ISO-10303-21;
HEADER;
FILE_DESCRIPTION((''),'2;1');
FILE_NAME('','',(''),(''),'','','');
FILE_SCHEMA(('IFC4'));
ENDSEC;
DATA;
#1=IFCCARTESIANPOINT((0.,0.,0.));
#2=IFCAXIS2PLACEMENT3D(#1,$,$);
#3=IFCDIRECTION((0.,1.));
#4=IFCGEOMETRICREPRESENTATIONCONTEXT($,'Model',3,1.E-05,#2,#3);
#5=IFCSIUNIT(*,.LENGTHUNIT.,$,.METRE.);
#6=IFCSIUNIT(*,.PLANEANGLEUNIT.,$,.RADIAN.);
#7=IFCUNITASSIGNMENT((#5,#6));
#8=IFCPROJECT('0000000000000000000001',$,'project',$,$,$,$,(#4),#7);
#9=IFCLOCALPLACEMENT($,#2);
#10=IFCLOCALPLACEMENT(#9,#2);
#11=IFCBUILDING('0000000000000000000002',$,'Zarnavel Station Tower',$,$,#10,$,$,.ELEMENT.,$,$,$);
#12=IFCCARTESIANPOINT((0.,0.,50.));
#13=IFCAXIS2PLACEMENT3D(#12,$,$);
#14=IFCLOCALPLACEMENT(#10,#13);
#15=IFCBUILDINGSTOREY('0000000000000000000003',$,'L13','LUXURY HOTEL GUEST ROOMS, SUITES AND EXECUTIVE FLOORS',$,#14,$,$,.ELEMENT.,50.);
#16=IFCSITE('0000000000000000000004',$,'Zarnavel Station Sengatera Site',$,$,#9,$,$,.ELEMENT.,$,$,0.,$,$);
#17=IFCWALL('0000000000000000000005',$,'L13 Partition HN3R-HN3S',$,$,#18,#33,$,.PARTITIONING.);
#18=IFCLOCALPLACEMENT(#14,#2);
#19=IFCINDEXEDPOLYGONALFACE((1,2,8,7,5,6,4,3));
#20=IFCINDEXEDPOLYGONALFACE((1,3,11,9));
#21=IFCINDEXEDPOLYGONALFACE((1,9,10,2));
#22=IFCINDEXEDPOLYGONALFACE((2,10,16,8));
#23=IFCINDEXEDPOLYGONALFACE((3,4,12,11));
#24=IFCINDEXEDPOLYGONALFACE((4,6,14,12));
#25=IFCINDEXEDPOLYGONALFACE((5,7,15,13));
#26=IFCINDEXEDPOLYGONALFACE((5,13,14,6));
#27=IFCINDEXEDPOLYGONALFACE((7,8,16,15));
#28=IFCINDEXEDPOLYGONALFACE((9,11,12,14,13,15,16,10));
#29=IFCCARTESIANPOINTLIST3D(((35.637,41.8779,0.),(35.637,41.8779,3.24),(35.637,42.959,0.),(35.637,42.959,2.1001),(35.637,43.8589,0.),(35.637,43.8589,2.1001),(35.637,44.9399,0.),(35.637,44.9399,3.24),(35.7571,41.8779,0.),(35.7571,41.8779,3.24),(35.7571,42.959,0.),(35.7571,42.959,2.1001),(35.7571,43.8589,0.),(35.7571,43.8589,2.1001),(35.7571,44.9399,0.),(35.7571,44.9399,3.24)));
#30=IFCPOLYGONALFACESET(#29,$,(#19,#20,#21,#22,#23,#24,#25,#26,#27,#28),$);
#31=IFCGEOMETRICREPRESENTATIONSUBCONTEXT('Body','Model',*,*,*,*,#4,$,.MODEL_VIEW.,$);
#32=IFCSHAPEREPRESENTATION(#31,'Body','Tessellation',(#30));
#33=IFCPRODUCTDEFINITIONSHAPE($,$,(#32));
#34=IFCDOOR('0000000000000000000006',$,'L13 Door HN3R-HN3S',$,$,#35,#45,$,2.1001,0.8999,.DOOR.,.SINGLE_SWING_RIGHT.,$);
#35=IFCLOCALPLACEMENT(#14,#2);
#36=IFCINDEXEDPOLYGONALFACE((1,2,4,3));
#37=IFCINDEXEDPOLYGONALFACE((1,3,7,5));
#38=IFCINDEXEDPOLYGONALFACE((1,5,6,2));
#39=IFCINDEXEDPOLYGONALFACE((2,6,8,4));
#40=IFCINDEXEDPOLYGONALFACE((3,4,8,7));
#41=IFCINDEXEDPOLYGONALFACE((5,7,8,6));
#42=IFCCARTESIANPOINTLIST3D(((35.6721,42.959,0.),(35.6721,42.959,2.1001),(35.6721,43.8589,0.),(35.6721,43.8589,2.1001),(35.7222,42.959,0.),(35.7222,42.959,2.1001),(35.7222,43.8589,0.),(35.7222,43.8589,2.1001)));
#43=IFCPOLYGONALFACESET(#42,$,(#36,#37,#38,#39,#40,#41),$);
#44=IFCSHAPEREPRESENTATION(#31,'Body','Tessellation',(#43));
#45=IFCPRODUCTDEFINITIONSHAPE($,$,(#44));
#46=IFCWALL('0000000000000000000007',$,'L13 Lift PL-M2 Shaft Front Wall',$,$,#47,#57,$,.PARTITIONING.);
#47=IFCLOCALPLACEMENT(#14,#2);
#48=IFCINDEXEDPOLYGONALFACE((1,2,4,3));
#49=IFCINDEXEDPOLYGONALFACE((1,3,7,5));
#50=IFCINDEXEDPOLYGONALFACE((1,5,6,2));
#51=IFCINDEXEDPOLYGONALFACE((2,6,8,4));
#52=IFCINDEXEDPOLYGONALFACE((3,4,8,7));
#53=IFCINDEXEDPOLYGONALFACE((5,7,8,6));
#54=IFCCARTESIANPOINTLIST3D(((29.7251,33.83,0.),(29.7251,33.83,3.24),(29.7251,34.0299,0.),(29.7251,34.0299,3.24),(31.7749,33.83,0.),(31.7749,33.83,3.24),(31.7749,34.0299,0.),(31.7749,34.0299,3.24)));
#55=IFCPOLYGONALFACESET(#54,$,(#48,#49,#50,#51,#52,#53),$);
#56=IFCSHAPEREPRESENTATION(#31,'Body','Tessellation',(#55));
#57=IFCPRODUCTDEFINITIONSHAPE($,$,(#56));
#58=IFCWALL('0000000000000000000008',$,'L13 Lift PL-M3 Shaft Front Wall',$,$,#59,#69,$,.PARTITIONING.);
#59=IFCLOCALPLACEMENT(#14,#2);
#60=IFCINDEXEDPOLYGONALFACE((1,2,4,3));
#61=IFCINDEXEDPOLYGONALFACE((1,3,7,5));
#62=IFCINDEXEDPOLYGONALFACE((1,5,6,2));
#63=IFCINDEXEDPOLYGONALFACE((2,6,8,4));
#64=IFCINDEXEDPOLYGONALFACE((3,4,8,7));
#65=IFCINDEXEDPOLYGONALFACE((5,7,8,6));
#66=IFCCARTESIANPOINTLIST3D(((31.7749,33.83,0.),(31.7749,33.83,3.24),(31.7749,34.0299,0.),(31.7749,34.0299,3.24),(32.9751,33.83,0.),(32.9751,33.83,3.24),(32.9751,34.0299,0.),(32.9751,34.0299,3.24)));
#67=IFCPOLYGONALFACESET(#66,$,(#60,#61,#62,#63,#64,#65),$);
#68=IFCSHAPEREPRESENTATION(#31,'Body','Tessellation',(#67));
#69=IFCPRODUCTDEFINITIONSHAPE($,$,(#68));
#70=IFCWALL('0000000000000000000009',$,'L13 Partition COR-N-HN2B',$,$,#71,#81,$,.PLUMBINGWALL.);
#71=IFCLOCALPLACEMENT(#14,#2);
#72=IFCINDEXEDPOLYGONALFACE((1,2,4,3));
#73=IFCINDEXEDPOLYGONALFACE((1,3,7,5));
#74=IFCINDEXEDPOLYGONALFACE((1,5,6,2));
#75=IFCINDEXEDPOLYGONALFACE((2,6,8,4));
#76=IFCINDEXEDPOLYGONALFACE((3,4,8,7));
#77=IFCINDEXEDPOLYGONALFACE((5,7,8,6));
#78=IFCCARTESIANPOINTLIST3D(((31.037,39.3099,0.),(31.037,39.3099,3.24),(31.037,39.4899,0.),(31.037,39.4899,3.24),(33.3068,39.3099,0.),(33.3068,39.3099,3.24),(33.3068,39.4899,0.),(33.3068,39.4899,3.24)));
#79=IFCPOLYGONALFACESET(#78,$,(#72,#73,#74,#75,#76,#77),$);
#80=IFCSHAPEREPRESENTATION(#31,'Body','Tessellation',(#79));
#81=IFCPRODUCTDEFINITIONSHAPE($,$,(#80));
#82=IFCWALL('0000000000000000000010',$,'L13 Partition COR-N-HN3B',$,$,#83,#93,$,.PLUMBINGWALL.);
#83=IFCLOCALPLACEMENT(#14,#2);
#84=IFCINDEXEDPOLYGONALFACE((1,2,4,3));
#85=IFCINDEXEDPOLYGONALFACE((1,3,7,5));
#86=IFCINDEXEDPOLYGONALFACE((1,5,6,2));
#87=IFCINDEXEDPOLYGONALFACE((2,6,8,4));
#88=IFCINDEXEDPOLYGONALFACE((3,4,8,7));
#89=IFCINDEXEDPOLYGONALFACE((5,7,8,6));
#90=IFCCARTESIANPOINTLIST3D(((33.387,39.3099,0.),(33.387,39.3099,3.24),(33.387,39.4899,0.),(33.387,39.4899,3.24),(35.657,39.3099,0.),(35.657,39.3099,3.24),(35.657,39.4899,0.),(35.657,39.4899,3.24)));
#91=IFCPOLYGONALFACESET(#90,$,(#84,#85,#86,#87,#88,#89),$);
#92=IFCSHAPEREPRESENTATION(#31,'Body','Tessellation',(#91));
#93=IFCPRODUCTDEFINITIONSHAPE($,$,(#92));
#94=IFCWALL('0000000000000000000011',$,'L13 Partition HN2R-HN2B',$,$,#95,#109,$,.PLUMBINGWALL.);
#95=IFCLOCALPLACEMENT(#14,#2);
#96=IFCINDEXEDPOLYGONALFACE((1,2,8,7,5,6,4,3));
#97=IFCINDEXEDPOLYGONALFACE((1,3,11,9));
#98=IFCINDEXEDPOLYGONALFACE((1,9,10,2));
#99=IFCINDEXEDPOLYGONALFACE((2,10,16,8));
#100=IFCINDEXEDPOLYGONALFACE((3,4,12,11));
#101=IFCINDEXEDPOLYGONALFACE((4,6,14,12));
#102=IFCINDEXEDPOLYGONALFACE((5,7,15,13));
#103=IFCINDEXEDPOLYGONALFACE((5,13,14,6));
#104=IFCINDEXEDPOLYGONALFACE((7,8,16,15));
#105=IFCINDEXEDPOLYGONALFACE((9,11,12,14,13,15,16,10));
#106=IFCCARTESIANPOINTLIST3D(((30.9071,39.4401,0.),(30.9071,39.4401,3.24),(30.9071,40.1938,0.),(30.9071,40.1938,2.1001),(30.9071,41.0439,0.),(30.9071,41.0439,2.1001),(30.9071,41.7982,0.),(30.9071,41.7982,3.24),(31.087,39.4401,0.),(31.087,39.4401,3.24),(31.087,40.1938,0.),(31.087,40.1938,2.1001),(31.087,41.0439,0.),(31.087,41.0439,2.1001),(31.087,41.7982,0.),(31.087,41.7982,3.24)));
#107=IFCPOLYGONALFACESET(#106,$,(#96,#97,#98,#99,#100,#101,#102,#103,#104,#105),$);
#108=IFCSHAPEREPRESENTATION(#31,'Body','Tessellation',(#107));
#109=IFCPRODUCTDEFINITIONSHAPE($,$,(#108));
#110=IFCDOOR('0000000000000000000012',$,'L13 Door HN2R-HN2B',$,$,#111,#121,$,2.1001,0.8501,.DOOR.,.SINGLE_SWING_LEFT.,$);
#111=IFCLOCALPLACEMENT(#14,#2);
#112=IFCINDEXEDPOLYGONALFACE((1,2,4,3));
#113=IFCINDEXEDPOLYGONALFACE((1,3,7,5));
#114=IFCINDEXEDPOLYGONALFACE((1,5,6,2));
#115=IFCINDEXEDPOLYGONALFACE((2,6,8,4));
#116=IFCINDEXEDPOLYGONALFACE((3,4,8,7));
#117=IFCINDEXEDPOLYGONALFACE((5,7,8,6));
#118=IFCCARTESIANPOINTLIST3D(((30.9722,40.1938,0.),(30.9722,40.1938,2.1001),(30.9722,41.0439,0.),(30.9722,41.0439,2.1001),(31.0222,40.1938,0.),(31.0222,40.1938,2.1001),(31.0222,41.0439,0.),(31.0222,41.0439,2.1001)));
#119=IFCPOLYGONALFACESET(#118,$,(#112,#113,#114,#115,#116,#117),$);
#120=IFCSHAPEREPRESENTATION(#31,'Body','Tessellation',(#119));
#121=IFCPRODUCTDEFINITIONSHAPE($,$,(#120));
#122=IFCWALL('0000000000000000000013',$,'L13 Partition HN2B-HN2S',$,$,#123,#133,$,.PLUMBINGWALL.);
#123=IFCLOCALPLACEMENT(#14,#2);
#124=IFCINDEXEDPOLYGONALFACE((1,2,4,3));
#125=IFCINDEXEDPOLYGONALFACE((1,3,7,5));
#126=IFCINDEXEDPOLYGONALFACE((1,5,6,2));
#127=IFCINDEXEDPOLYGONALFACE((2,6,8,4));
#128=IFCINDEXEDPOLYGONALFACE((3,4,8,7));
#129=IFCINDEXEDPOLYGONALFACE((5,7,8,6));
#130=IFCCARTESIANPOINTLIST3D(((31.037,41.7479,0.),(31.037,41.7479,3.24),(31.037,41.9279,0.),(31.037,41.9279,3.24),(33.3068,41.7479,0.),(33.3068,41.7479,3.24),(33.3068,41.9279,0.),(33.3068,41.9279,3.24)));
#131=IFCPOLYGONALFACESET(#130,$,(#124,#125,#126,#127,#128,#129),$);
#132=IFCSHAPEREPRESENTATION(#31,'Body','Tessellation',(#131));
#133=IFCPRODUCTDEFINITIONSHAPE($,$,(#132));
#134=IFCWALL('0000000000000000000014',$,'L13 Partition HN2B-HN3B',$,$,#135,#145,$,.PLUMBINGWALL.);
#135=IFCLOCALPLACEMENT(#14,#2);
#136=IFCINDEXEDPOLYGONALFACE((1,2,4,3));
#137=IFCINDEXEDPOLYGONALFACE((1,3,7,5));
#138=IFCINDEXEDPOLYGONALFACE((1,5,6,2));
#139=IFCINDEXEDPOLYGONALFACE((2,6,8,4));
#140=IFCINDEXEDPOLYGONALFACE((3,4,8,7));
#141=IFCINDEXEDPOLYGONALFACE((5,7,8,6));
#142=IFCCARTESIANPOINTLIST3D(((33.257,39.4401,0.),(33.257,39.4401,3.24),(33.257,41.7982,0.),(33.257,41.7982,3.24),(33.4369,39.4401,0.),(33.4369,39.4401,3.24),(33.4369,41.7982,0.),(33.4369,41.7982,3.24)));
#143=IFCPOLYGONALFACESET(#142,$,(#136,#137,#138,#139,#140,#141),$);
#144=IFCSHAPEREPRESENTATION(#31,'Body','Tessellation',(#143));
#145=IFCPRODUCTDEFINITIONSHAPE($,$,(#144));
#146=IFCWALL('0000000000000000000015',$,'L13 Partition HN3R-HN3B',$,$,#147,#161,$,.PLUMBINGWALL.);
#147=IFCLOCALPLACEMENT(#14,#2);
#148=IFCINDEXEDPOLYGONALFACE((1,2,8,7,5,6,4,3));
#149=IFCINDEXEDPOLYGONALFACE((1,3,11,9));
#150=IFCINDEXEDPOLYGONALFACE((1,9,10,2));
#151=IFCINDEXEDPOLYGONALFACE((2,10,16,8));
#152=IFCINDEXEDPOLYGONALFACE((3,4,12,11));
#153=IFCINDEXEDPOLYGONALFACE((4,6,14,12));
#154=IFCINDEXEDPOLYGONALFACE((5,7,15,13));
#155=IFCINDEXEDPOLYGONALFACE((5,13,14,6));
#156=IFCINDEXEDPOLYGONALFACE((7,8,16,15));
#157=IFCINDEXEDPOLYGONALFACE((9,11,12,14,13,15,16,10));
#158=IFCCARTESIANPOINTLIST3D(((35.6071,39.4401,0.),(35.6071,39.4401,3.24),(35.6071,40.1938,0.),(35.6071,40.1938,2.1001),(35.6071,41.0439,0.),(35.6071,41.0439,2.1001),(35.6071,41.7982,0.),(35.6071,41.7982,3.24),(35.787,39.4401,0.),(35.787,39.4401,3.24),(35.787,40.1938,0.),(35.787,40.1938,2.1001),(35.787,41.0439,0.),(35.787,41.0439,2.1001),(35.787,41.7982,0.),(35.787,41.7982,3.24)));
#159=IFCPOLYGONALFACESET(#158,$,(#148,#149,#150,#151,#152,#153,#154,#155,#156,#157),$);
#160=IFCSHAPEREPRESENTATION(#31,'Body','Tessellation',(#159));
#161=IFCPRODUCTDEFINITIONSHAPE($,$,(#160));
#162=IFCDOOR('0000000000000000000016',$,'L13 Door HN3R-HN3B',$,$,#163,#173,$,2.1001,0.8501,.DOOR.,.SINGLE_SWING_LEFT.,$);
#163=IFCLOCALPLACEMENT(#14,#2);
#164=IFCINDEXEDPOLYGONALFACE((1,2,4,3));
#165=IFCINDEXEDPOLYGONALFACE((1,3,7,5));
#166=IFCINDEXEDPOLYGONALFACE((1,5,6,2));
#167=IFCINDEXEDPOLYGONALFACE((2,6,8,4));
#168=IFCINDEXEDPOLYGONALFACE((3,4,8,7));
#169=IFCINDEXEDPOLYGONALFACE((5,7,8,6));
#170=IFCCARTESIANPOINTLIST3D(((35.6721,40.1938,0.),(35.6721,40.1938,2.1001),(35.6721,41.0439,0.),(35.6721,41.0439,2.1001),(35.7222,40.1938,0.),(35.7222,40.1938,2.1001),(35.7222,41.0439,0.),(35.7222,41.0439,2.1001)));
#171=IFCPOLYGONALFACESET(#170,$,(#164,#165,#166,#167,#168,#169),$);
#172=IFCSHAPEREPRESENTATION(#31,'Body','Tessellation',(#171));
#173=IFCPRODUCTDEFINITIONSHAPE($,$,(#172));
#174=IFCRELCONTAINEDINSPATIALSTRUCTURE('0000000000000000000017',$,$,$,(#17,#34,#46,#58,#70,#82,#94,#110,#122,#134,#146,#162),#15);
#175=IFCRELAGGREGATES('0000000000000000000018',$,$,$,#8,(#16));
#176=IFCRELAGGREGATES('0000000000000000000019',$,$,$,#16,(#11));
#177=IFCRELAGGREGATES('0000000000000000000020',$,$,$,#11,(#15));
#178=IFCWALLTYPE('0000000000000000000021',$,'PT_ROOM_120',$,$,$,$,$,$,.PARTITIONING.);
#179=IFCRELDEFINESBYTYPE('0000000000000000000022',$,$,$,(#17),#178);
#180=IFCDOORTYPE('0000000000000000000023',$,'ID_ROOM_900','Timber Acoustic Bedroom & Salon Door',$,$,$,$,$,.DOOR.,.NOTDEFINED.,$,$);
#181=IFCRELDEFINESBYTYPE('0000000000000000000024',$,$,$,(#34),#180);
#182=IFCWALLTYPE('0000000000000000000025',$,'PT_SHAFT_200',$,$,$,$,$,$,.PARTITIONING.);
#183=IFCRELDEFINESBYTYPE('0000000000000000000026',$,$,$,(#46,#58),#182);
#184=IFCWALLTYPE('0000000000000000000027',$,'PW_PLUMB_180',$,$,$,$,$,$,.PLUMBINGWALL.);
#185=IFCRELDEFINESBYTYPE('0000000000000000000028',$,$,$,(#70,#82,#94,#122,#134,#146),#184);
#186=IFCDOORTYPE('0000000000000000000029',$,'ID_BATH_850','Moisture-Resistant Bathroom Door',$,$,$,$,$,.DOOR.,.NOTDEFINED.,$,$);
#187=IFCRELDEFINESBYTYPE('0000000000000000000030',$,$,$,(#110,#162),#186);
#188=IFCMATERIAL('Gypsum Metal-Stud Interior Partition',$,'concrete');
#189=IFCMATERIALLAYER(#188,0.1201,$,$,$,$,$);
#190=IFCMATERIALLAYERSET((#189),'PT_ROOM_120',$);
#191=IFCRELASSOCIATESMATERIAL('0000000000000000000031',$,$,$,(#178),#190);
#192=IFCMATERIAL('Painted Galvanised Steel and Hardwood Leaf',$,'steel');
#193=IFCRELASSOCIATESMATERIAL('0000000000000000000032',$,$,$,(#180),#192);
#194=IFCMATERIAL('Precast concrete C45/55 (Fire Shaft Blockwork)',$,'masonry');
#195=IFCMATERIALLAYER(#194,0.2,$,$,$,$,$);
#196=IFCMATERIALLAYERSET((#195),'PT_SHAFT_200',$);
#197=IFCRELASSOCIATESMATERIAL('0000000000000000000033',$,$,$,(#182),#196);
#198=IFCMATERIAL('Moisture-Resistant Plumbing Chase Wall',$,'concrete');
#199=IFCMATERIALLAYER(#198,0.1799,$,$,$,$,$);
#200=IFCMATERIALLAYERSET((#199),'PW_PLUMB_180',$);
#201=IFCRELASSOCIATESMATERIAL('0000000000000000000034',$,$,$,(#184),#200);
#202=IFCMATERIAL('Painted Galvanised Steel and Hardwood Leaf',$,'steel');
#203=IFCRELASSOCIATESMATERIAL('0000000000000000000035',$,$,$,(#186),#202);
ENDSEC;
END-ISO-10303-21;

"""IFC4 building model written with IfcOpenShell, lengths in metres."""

from ifc_helpers import new_model, si_unit, direction, frame, frame_2d, origin, place, context, subcontext, project, spatial, rectangle, extrude, material, layer, layer_set, type_object, element, fill, save


model = new_model("IFC4")

# Units and contexts
model_context = context("Model", 3, precision=1e-05, world=origin(), true_north=direction((0.0, 1.0)))
body_context = subcontext(model_context, "Body", "Model", "MODEL_VIEW")
ifc_project = project(units=[si_unit("LENGTHUNIT", "METRE"), si_unit("PLANEANGLEUNIT", "RADIAN")], contexts=[model_context])

# Site, building, storey
site_placement = place(None, origin())
site = spatial("IfcSite", under=ifc_project, at=site_placement, Name="Zarnavel Station Sengatera Site", CompositionType="ELEMENT", RefElevation=0.0)
building_placement = place(site_placement, origin())
building = spatial("IfcBuilding", under=site, at=building_placement, Name="Zarnavel Station Tower", CompositionType="ELEMENT")
storey_placement = place(building_placement, frame((0.0, 0.0, 50.0)))
storey = spatial("IfcBuildingStorey", under=building, at=storey_placement, Name="L13", Description="LUXURY HOTEL GUEST ROOMS, SUITES AND EXECUTIVE FLOORS", CompositionType="ELEMENT", Elevation=50.0)

# Wall, opening, door
ifc_material_1 = material(Name="Gypsum Metal-Stud Interior Partition", Category="concrete")
ifc_layer_1 = layer(ifc_material_1, 0.1201)
ifc_layer_set_1 = layer_set([ifc_layer_1], Name="PT_ROOM_120")
wall_type_1 = type_object("IfcWallType", Name="PT_ROOM_120", PredefinedType="PARTITIONING", material=ifc_layer_set_1)
ifc_material_2 = material(Name="Painted Galvanised Steel and Hardwood Leaf", Category="steel")
door_type_1 = type_object("IfcDoorType", Name="ID_ROOM_900", Description="Timber Acoustic Bedroom & Salon Door", OperationType="NOTDEFINED", PredefinedType="DOOR", material=ifc_material_2)
wall_1_placement = place(storey_placement, frame((35.697, 41.8779, 0.0), z_axis=(0.0, 0.0, 1.0), x_axis=(0.0, 1.0, 0.0)))
wall_1 = element("IfcWall", 1, at=wall_1_placement, inside=storey, type_object=wall_type_1, Name="L13 Partition HN3R-HN3S", PredefinedType="PARTITIONING", context=body_context, shape_type="SweptSolid", body=[
    extrude(rectangle(XDim=3.062, YDim=0.1201, at=frame_2d((1.531, 0.0))), origin(), (0.0, 0.0, 1.0), 3.24),
])
opening_1_placement = place(wall_1_placement, frame((1.0811, 0.0, 0.0)))
opening_1 = element("IfcOpeningElement", 2, at=opening_1_placement, cuts=wall_1, PredefinedType="OPENING", context=body_context, shape_type="SweptSolid", body=[
    extrude(rectangle(XDim=0.8999, YDim=2.1001, at=frame_2d((0.45, 1.05))), frame((0.0, 0.0701, 0.0), z_axis=(0.0, -1.0, 0.0), x_axis=(1.0, 0.0, 0.0)), (0.0, 0.0, 1.0), 0.1401),
])
door_1_placement = place(opening_1_placement, origin())
door_1 = element("IfcDoor", 3, at=door_1_placement, inside=storey, type_object=door_type_1, Name="L13 Door HN3R-HN3S", OperationType="SINGLE_SWING_RIGHT", OverallHeight=2.1001, OverallWidth=0.8999, PredefinedType="DOOR", context=body_context, shape_type="SweptSolid", body=[
    extrude(rectangle(XDim=0.8999, YDim=2.1001, at=frame_2d((0.45, 1.05))), frame((0.0, 0.0249, 0.0), z_axis=(0.0, -1.0, 0.0), x_axis=(1.0, 0.0, 0.0)), (0.0, 0.0, 1.0), 0.05),
])
fill(opening_1, door_1)

# Walls
ifc_material_3 = material(Name="Precast concrete C45/55 (Fire Shaft Blockwork)", Category="masonry")
ifc_layer_2 = layer(ifc_material_3, 0.2)
ifc_layer_set_2 = layer_set([ifc_layer_2], Name="PT_SHAFT_200")
wall_type_2 = type_object("IfcWallType", Name="PT_SHAFT_200", PredefinedType="PARTITIONING", material=ifc_layer_set_2)
wall_2_placement = place(storey_placement, frame((29.7251, 33.9299, 0.0), z_axis=(0.0, 0.0, 1.0), x_axis=(1.0, 0.0, 0.0)))
element("IfcWall", 4, at=wall_2_placement, inside=storey, type_object=wall_type_2, Name="L13 Lift PL-M2 Shaft Front Wall", PredefinedType="PARTITIONING", context=body_context, shape_type="SweptSolid", body=[
    extrude(rectangle(XDim=2.0498, YDim=0.2, at=frame_2d((1.0249, 0.0))), origin(), (0.0, 0.0, 1.0), 3.24),
])
wall_3_placement = place(storey_placement, frame((31.7749, 33.9299, 0.0), z_axis=(0.0, 0.0, 1.0), x_axis=(1.0, 0.0, 0.0)))
element("IfcWall", 5, at=wall_3_placement, inside=storey, type_object=wall_type_2, Name="L13 Lift PL-M3 Shaft Front Wall", PredefinedType="PARTITIONING", context=body_context, shape_type="SweptSolid", body=[
    extrude(rectangle(XDim=1.2002, YDim=0.2, at=frame_2d((0.6001, 0.0))), origin(), (0.0, 0.0, 1.0), 3.24),
])
ifc_material_4 = material(Name="Moisture-Resistant Plumbing Chase Wall", Category="concrete")
ifc_layer_3 = layer(ifc_material_4, 0.1799)
ifc_layer_set_3 = layer_set([ifc_layer_3], Name="PW_PLUMB_180")
wall_type_3 = type_object("IfcWallType", Name="PW_PLUMB_180", PredefinedType="PLUMBINGWALL", material=ifc_layer_set_3)
wall_4_placement = place(storey_placement, frame((31.0371, 39.3999, 0.0), z_axis=(0.0, 0.0, 1.0), x_axis=(1.0, 0.0, 0.0)))
element("IfcWall", 6, at=wall_4_placement, inside=storey, type_object=wall_type_3, Name="L13 Partition COR-N-HN2B", PredefinedType="PLUMBINGWALL", context=body_context, shape_type="SweptSolid", body=[
    extrude(rectangle(XDim=2.2698, YDim=0.1799, at=frame_2d((1.1348, 0.0))), origin(), (0.0, 0.0, 1.0), 3.24),
])
wall_5_placement = place(storey_placement, frame((33.387, 39.3999, 0.0), z_axis=(0.0, 0.0, 1.0), x_axis=(1.0, 0.0, 0.0)))
element("IfcWall", 7, at=wall_5_placement, inside=storey, type_object=wall_type_3, Name="L13 Partition COR-N-HN3B", PredefinedType="PLUMBINGWALL", context=body_context, shape_type="SweptSolid", body=[
    extrude(rectangle(XDim=2.27, YDim=0.1799, at=frame_2d((1.135, 0.0))), origin(), (0.0, 0.0, 1.0), 3.24),
])

# Wall, opening, door
wall_6_placement = place(storey_placement, frame((30.9971, 39.4399, 0.0), z_axis=(0.0, 0.0, 1.0), x_axis=(0.0, 1.0, 0.0)))
wall_6 = element("IfcWall", 8, at=wall_6_placement, inside=storey, type_object=wall_type_3, Name="L13 Partition HN2R-HN2B", PredefinedType="PLUMBINGWALL", context=body_context, shape_type="SweptSolid", body=[
    extrude(rectangle(XDim=2.3582, YDim=0.1799, at=frame_2d((1.1792, 0.0))), origin(), (0.0, 0.0, 1.0), 3.24),
])
opening_2_placement = place(wall_6_placement, frame((0.7539, 0.0, 0.0)))
opening_2 = element("IfcOpeningElement", 9, at=opening_2_placement, cuts=wall_6, PredefinedType="OPENING", context=body_context, shape_type="SweptSolid", body=[
    extrude(rectangle(XDim=0.8501, YDim=2.1001, at=frame_2d((0.425, 1.05))), frame((0.0, 0.0999, 0.0), z_axis=(0.0, -1.0, 0.0), x_axis=(1.0, 0.0, 0.0)), (0.0, 0.0, 1.0), 0.2),
])
ifc_material_5 = material(Name="Painted Galvanised Steel and Hardwood Leaf", Category="steel")
door_type_2 = type_object("IfcDoorType", Name="ID_BATH_850", Description="Moisture-Resistant Bathroom Door", OperationType="NOTDEFINED", PredefinedType="DOOR", material=ifc_material_5)
door_2_placement = place(opening_2_placement, origin())
door_2 = element("IfcDoor", 10, at=door_2_placement, inside=storey, type_object=door_type_2, Name="L13 Door HN2R-HN2B", OperationType="SINGLE_SWING_LEFT", OverallHeight=2.1001, OverallWidth=0.8501, PredefinedType="DOOR", context=body_context, shape_type="SweptSolid", body=[
    extrude(rectangle(XDim=0.8501, YDim=2.1001, at=frame_2d((0.425, 1.05))), frame((0.0, 0.0249, 0.0), z_axis=(0.0, -1.0, 0.0), x_axis=(1.0, 0.0, 0.0)), (0.0, 0.0, 1.0), 0.05),
])
fill(opening_2, door_2)

# Walls
wall_7_placement = place(storey_placement, frame((31.0371, 41.8379, 0.0), z_axis=(0.0, 0.0, 1.0), x_axis=(1.0, 0.0, 0.0)))
element("IfcWall", 11, at=wall_7_placement, inside=storey, type_object=wall_type_3, Name="L13 Partition HN2B-HN2S", PredefinedType="PLUMBINGWALL", context=body_context, shape_type="SweptSolid", body=[
    extrude(rectangle(XDim=2.2698, YDim=0.1799, at=frame_2d((1.1348, 0.0))), origin(), (0.0, 0.0, 1.0), 3.24),
])
wall_8_placement = place(storey_placement, frame((33.3469, 39.4399, 0.0), z_axis=(0.0, 0.0, 1.0), x_axis=(0.0, 1.0, 0.0)))
element("IfcWall", 12, at=wall_8_placement, inside=storey, type_object=wall_type_3, Name="L13 Partition HN2B-HN3B", PredefinedType="PLUMBINGWALL", context=body_context, shape_type="SweptSolid", body=[
    extrude(rectangle(XDim=2.3582, YDim=0.1799, at=frame_2d((1.1792, 0.0))), origin(), (0.0, 0.0, 1.0), 3.24),
])

# Wall, opening, door
wall_9_placement = place(storey_placement, frame((35.697, 39.4399, 0.0), z_axis=(0.0, 0.0, 1.0), x_axis=(0.0, 1.0, 0.0)))
wall_9 = element("IfcWall", 13, at=wall_9_placement, inside=storey, type_object=wall_type_3, Name="L13 Partition HN3R-HN3B", PredefinedType="PLUMBINGWALL", context=body_context, shape_type="SweptSolid", body=[
    extrude(rectangle(XDim=2.3582, YDim=0.1799, at=frame_2d((1.1792, 0.0))), origin(), (0.0, 0.0, 1.0), 3.24),
])
opening_3_placement = place(wall_9_placement, frame((0.7539, 0.0, 0.0)))
opening_3 = element("IfcOpeningElement", 14, at=opening_3_placement, cuts=wall_9, PredefinedType="OPENING", context=body_context, shape_type="SweptSolid", body=[
    extrude(rectangle(XDim=0.8501, YDim=2.1001, at=frame_2d((0.425, 1.05))), frame((0.0, 0.0999, 0.0), z_axis=(0.0, -1.0, 0.0), x_axis=(1.0, 0.0, 0.0)), (0.0, 0.0, 1.0), 0.2),
])
door_3_placement = place(opening_3_placement, origin())
door_3 = element("IfcDoor", 15, at=door_3_placement, inside=storey, type_object=door_type_2, Name="L13 Door HN3R-HN3B", OperationType="SINGLE_SWING_LEFT", OverallHeight=2.1001, OverallWidth=0.8501, PredefinedType="DOOR", context=body_context, shape_type="SweptSolid", body=[
    extrude(rectangle(XDim=0.8501, YDim=2.1001, at=frame_2d((0.425, 1.05))), frame((0.0, 0.0249, 0.0), z_axis=(0.0, -1.0, 0.0), x_axis=(1.0, 0.0, 0.0)), (0.0, 0.0, 1.0), 0.05),
])
fill(opening_3, door_3)

save(model, "model.ifc")
